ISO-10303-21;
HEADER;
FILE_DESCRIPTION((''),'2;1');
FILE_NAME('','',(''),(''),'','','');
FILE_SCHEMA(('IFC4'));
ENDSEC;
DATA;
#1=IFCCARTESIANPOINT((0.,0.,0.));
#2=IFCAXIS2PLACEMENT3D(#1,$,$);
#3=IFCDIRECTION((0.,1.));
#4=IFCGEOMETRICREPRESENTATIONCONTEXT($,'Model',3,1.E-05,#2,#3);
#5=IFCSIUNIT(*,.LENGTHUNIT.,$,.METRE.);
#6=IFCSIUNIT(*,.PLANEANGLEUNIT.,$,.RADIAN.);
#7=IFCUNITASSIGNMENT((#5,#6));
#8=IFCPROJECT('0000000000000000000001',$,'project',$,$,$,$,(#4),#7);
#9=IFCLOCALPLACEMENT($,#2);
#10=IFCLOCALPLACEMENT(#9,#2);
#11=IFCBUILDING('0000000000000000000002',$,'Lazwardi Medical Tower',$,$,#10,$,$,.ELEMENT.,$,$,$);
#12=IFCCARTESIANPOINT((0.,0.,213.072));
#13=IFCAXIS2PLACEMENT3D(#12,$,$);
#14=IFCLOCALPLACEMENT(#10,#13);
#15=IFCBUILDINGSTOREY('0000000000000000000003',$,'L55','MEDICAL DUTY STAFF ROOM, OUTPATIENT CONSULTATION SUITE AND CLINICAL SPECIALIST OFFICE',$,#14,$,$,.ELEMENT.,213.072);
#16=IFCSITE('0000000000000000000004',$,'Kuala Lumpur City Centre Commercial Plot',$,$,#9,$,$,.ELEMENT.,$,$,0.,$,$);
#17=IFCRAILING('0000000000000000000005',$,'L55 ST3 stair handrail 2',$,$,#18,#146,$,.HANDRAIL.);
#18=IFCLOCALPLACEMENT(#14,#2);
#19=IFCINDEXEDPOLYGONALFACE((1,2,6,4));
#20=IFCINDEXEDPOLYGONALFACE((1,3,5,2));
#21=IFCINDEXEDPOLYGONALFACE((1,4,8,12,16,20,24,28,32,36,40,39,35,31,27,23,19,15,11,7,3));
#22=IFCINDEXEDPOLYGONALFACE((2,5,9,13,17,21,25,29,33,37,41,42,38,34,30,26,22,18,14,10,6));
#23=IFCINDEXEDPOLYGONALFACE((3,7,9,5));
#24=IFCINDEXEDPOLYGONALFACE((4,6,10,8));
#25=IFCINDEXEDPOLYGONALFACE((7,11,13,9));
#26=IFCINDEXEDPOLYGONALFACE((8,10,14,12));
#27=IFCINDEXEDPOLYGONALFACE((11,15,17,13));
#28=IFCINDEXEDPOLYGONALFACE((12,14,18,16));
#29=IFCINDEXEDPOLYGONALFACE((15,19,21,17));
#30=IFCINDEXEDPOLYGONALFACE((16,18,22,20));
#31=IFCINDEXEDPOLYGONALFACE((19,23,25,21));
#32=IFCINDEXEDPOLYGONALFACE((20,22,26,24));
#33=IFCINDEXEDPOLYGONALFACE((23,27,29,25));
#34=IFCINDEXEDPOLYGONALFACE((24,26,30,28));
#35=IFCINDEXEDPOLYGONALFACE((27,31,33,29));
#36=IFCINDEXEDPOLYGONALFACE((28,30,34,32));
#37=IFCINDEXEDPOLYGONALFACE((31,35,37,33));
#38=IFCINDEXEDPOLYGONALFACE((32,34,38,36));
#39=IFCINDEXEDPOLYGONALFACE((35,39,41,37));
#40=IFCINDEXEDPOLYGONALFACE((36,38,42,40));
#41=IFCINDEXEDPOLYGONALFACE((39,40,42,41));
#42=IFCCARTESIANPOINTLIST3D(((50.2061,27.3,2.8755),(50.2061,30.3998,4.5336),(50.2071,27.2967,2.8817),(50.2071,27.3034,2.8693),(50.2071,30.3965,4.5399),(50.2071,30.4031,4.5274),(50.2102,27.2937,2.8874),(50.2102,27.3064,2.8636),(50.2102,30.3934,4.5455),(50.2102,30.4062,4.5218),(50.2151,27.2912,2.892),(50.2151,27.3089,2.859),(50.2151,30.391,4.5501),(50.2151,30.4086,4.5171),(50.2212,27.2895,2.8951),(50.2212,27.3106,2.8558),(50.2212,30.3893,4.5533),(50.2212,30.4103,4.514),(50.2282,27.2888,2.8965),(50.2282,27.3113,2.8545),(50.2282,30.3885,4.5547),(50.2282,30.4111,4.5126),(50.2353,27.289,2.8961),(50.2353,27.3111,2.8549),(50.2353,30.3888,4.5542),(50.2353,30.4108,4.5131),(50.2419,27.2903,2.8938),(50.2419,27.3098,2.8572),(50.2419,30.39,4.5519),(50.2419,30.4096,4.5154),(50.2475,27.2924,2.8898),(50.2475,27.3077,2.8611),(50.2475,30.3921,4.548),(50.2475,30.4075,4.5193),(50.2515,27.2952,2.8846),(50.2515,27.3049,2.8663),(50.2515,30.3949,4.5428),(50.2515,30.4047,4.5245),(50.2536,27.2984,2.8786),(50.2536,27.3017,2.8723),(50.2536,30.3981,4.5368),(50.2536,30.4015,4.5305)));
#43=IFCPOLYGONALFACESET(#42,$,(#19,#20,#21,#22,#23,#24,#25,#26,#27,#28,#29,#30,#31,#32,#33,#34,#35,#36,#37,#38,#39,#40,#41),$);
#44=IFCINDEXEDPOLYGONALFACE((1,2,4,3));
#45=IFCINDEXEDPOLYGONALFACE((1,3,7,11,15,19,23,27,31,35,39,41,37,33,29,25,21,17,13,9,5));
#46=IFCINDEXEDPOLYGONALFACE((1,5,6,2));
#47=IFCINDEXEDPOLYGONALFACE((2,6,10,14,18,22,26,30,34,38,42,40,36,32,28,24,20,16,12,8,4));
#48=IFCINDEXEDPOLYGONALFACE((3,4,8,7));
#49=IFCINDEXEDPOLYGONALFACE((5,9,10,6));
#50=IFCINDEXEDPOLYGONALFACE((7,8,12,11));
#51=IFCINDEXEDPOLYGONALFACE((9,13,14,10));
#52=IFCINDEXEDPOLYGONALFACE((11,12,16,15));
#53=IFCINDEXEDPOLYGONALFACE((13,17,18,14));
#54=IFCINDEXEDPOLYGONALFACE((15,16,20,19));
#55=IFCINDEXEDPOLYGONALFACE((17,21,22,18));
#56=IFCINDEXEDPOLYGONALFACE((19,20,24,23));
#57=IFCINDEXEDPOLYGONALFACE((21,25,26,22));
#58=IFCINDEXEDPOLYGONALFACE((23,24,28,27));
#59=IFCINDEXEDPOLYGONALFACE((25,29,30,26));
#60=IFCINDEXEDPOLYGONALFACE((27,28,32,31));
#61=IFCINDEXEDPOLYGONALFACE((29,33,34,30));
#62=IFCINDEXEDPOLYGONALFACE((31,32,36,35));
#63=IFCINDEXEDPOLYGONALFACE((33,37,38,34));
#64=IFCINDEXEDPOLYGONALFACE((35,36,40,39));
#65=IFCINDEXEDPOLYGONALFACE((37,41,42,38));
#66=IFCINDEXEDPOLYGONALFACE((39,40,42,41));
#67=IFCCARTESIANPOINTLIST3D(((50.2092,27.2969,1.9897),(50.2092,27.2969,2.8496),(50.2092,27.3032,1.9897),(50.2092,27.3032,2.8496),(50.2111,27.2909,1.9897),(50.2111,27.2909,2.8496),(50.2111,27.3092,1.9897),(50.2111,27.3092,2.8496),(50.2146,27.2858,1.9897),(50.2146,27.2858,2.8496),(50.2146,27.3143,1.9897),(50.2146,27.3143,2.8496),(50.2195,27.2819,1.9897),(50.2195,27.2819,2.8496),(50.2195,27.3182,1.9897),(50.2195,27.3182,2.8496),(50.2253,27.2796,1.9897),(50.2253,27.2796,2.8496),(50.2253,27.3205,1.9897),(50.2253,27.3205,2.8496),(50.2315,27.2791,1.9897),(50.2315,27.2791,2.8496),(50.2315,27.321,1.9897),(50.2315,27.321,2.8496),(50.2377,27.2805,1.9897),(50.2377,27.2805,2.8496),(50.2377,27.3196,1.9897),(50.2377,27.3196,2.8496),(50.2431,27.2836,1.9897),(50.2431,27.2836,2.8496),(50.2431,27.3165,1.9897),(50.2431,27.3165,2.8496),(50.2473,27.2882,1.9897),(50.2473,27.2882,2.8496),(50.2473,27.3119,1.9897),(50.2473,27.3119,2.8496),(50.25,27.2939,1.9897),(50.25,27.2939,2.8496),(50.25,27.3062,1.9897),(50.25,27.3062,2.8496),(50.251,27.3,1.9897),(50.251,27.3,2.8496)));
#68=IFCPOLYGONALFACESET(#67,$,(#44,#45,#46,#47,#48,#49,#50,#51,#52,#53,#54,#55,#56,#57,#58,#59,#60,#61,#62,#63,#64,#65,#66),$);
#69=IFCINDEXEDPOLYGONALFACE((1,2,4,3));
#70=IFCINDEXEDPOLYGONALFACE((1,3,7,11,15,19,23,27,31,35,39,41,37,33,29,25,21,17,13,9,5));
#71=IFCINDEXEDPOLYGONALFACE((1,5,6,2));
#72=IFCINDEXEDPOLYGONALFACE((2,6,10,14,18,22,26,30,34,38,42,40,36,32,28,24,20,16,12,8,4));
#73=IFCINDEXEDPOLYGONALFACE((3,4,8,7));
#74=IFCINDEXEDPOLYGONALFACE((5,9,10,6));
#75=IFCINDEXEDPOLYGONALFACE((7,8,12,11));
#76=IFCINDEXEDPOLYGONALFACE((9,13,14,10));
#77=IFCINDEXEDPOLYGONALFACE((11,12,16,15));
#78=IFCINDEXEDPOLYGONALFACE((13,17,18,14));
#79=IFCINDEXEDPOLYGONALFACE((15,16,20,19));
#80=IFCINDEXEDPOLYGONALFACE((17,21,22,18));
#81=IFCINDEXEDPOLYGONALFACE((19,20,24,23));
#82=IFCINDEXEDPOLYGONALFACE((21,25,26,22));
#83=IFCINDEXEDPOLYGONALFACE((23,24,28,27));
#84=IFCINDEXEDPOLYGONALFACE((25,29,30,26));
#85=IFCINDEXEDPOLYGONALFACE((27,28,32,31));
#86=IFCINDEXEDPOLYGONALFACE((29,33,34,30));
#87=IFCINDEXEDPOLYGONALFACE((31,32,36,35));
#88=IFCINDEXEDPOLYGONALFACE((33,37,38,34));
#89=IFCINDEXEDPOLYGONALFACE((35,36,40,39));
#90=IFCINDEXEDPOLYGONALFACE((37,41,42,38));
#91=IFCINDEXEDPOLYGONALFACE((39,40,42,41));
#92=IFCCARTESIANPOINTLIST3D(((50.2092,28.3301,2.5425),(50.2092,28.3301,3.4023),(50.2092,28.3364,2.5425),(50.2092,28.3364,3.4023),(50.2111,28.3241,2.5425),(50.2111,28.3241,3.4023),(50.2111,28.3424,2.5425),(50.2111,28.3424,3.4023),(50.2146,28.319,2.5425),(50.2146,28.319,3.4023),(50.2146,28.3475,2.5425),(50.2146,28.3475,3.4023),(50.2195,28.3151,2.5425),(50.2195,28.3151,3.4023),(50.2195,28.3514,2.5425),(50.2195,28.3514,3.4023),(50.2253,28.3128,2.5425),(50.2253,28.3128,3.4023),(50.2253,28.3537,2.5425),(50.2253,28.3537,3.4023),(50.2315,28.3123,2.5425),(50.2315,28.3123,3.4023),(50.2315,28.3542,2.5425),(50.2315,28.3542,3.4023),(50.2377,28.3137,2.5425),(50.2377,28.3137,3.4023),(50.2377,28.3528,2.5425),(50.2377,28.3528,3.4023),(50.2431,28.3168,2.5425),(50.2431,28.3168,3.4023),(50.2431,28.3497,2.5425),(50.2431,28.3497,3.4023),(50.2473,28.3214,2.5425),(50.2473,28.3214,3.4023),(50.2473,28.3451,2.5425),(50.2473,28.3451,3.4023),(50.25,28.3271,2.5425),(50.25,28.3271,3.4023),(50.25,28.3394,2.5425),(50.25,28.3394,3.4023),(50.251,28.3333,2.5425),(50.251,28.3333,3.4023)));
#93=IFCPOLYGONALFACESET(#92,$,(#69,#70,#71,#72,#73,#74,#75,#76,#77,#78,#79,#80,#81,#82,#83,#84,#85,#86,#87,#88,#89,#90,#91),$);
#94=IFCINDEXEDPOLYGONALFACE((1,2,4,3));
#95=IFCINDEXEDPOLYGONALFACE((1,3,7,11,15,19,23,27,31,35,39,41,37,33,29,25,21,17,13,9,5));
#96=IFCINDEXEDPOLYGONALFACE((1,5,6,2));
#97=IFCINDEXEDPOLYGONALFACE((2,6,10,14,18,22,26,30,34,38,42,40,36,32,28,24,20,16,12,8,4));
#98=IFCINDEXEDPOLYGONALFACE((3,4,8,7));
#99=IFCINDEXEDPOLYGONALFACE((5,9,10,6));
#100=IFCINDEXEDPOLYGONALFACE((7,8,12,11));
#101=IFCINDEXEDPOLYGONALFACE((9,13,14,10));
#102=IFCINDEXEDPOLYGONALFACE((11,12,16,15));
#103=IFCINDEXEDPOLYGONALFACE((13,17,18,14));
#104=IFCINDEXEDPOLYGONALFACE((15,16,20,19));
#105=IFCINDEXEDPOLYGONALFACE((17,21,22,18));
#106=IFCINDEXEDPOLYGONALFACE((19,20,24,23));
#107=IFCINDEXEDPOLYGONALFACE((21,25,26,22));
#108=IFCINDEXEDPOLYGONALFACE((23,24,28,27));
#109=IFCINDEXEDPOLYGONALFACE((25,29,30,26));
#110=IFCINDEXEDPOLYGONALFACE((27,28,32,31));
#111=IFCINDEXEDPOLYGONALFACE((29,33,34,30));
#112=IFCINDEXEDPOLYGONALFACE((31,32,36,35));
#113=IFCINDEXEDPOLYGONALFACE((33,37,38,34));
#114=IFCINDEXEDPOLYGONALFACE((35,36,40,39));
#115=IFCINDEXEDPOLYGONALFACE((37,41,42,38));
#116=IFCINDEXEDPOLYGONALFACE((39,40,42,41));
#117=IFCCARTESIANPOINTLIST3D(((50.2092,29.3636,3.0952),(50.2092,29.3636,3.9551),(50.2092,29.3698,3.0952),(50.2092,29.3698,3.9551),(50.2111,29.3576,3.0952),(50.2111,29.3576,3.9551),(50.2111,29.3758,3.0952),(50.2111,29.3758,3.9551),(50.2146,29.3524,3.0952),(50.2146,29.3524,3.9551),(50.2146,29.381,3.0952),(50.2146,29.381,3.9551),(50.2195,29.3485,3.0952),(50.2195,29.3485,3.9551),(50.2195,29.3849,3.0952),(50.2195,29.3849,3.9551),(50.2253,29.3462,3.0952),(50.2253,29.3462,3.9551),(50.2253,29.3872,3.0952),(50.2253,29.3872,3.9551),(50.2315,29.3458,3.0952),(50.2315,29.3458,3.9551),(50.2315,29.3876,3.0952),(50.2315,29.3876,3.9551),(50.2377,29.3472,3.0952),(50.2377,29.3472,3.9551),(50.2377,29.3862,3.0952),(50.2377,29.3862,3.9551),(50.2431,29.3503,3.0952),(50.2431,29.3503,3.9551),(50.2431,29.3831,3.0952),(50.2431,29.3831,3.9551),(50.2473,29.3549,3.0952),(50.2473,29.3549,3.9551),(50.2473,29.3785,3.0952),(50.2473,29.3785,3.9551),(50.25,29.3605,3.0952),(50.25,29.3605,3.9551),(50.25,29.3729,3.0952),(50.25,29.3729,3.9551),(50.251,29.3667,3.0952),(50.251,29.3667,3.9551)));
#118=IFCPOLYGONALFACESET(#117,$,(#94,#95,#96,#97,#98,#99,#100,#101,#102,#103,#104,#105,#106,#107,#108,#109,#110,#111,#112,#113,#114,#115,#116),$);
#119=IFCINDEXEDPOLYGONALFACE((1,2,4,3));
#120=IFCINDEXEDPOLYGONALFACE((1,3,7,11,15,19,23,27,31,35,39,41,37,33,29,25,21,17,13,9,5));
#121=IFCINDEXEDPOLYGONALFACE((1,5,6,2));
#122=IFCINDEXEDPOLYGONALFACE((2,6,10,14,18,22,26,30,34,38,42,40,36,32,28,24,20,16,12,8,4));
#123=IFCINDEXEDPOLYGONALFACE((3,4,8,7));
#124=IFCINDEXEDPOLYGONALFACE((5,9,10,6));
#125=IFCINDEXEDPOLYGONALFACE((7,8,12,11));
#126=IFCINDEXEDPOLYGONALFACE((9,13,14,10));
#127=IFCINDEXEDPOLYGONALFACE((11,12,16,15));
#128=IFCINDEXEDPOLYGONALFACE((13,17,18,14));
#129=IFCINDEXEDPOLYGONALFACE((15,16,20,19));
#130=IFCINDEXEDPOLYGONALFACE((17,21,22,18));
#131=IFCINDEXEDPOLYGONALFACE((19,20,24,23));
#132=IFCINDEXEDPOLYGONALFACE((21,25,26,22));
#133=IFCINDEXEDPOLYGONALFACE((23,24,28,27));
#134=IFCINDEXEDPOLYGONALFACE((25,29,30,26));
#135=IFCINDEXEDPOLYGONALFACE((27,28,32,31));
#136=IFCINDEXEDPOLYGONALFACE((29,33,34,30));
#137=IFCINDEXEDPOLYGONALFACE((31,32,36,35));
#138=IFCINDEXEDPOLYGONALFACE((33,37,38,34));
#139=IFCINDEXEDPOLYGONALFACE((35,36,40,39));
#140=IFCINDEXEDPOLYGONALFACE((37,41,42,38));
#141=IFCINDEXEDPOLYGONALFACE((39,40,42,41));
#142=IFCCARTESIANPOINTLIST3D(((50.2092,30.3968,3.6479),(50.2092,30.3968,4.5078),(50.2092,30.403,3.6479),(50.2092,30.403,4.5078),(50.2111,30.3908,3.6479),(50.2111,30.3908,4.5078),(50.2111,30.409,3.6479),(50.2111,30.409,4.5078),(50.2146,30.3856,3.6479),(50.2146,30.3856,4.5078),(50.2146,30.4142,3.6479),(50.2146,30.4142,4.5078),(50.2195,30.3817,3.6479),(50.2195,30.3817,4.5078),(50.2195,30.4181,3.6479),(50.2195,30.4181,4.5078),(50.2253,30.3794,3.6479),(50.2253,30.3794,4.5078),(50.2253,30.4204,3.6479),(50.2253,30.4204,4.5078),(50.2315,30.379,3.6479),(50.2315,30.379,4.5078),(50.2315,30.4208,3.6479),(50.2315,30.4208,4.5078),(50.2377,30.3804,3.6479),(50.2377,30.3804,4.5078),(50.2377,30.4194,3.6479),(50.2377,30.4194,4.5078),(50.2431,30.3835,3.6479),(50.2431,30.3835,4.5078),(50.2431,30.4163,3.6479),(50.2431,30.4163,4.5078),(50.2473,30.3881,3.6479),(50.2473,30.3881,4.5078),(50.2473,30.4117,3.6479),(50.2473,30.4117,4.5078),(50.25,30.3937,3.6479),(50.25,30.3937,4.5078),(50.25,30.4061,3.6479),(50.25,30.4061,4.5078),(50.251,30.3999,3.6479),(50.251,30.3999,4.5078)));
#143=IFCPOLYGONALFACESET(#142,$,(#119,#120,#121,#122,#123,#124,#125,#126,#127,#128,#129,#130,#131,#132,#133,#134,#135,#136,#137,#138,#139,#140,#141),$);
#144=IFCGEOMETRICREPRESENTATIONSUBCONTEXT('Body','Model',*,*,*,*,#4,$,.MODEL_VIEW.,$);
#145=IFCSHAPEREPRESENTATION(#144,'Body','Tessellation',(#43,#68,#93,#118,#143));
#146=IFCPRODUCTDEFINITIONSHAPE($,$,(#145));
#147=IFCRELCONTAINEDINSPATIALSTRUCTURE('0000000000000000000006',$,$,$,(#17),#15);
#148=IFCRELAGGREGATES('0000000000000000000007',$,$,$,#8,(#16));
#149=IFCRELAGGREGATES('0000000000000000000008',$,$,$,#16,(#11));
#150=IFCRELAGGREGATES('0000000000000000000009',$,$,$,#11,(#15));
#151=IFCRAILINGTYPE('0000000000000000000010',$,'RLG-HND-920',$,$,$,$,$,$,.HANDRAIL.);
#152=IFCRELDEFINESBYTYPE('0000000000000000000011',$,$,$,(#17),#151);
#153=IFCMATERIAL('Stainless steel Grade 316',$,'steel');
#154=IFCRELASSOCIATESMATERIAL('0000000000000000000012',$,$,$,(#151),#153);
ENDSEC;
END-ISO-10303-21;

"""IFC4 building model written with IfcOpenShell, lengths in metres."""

from ifc_helpers import new_model, si_unit, direction, frame, origin, origin_2d, place, context, subcontext, project, spatial, circle, extrude, material, type_object, element, save


model = new_model("IFC4")

# Units and contexts
model_context = context("Model", 3, precision=1e-05, world=origin(), true_north=direction((0.0, 1.0)))
body_context = subcontext(model_context, "Body", "Model", "MODEL_VIEW")
ifc_project = project(units=[si_unit("LENGTHUNIT", "METRE"), si_unit("PLANEANGLEUNIT", "RADIAN")], contexts=[model_context])

# Site, building, storey
site_placement = place(None, origin())
site = spatial("IfcSite", under=ifc_project, at=site_placement, Name="Kuala Lumpur City Centre Commercial Plot", CompositionType="ELEMENT", RefElevation=0.0)
building_placement = place(site_placement, origin())
building = spatial("IfcBuilding", under=site, at=building_placement, Name="Lazwardi Medical Tower", CompositionType="ELEMENT")
storey_placement = place(building_placement, frame((0.0, 0.0, 213.072)))
storey = spatial("IfcBuildingStorey", under=building, at=storey_placement, Name="L55", Description="MEDICAL DUTY STAFF ROOM, OUTPATIENT CONSULTATION SUITE AND CLINICAL SPECIALIST OFFICE", CompositionType="ELEMENT", Elevation=213.072)

# Railing
ifc_material_1 = material(Name="Stainless steel Grade 316", Category="steel")
railing_type_1 = type_object("IfcRailingType", Name="RLG-HND-920", PredefinedType="HANDRAIL", material=ifc_material_1)
railing_1_placement = place(storey_placement, frame((50.23, 27.3, 1.9897)))
element("IfcRailing", 1, at=railing_1_placement, inside=storey, type_object=railing_type_1, Name="L55 ST3 stair handrail 2", PredefinedType="HANDRAIL", context=body_context, shape_type="SweptSolid", body=[
    extrude(circle(Radius=0.0239, at=origin_2d()), frame((0.0, 0.0, 0.8857), z_axis=(0.0, 0.881768, 0.471684), x_axis=(-1.0, 0.0, 0.0)), (0.0, 0.0, 1.0), 3.5154),
    extrude(circle(Radius=0.021, at=origin_2d()), origin(), (0.0, 0.0, 1.0), 0.8599),
    extrude(circle(Radius=0.021, at=origin_2d()), frame((0.0, 1.0332, 0.5527)), (0.0, 0.0, 1.0), 0.8599),
    extrude(circle(Radius=0.021, at=origin_2d()), frame((0.0, 2.0667, 1.1055)), (0.0, 0.0, 1.0), 0.8599),
    extrude(circle(Radius=0.021, at=origin_2d()), frame((0.0, 3.0999, 1.6582)), (0.0, 0.0, 1.0), 0.8599),
])

save(model, "model.ifc")
